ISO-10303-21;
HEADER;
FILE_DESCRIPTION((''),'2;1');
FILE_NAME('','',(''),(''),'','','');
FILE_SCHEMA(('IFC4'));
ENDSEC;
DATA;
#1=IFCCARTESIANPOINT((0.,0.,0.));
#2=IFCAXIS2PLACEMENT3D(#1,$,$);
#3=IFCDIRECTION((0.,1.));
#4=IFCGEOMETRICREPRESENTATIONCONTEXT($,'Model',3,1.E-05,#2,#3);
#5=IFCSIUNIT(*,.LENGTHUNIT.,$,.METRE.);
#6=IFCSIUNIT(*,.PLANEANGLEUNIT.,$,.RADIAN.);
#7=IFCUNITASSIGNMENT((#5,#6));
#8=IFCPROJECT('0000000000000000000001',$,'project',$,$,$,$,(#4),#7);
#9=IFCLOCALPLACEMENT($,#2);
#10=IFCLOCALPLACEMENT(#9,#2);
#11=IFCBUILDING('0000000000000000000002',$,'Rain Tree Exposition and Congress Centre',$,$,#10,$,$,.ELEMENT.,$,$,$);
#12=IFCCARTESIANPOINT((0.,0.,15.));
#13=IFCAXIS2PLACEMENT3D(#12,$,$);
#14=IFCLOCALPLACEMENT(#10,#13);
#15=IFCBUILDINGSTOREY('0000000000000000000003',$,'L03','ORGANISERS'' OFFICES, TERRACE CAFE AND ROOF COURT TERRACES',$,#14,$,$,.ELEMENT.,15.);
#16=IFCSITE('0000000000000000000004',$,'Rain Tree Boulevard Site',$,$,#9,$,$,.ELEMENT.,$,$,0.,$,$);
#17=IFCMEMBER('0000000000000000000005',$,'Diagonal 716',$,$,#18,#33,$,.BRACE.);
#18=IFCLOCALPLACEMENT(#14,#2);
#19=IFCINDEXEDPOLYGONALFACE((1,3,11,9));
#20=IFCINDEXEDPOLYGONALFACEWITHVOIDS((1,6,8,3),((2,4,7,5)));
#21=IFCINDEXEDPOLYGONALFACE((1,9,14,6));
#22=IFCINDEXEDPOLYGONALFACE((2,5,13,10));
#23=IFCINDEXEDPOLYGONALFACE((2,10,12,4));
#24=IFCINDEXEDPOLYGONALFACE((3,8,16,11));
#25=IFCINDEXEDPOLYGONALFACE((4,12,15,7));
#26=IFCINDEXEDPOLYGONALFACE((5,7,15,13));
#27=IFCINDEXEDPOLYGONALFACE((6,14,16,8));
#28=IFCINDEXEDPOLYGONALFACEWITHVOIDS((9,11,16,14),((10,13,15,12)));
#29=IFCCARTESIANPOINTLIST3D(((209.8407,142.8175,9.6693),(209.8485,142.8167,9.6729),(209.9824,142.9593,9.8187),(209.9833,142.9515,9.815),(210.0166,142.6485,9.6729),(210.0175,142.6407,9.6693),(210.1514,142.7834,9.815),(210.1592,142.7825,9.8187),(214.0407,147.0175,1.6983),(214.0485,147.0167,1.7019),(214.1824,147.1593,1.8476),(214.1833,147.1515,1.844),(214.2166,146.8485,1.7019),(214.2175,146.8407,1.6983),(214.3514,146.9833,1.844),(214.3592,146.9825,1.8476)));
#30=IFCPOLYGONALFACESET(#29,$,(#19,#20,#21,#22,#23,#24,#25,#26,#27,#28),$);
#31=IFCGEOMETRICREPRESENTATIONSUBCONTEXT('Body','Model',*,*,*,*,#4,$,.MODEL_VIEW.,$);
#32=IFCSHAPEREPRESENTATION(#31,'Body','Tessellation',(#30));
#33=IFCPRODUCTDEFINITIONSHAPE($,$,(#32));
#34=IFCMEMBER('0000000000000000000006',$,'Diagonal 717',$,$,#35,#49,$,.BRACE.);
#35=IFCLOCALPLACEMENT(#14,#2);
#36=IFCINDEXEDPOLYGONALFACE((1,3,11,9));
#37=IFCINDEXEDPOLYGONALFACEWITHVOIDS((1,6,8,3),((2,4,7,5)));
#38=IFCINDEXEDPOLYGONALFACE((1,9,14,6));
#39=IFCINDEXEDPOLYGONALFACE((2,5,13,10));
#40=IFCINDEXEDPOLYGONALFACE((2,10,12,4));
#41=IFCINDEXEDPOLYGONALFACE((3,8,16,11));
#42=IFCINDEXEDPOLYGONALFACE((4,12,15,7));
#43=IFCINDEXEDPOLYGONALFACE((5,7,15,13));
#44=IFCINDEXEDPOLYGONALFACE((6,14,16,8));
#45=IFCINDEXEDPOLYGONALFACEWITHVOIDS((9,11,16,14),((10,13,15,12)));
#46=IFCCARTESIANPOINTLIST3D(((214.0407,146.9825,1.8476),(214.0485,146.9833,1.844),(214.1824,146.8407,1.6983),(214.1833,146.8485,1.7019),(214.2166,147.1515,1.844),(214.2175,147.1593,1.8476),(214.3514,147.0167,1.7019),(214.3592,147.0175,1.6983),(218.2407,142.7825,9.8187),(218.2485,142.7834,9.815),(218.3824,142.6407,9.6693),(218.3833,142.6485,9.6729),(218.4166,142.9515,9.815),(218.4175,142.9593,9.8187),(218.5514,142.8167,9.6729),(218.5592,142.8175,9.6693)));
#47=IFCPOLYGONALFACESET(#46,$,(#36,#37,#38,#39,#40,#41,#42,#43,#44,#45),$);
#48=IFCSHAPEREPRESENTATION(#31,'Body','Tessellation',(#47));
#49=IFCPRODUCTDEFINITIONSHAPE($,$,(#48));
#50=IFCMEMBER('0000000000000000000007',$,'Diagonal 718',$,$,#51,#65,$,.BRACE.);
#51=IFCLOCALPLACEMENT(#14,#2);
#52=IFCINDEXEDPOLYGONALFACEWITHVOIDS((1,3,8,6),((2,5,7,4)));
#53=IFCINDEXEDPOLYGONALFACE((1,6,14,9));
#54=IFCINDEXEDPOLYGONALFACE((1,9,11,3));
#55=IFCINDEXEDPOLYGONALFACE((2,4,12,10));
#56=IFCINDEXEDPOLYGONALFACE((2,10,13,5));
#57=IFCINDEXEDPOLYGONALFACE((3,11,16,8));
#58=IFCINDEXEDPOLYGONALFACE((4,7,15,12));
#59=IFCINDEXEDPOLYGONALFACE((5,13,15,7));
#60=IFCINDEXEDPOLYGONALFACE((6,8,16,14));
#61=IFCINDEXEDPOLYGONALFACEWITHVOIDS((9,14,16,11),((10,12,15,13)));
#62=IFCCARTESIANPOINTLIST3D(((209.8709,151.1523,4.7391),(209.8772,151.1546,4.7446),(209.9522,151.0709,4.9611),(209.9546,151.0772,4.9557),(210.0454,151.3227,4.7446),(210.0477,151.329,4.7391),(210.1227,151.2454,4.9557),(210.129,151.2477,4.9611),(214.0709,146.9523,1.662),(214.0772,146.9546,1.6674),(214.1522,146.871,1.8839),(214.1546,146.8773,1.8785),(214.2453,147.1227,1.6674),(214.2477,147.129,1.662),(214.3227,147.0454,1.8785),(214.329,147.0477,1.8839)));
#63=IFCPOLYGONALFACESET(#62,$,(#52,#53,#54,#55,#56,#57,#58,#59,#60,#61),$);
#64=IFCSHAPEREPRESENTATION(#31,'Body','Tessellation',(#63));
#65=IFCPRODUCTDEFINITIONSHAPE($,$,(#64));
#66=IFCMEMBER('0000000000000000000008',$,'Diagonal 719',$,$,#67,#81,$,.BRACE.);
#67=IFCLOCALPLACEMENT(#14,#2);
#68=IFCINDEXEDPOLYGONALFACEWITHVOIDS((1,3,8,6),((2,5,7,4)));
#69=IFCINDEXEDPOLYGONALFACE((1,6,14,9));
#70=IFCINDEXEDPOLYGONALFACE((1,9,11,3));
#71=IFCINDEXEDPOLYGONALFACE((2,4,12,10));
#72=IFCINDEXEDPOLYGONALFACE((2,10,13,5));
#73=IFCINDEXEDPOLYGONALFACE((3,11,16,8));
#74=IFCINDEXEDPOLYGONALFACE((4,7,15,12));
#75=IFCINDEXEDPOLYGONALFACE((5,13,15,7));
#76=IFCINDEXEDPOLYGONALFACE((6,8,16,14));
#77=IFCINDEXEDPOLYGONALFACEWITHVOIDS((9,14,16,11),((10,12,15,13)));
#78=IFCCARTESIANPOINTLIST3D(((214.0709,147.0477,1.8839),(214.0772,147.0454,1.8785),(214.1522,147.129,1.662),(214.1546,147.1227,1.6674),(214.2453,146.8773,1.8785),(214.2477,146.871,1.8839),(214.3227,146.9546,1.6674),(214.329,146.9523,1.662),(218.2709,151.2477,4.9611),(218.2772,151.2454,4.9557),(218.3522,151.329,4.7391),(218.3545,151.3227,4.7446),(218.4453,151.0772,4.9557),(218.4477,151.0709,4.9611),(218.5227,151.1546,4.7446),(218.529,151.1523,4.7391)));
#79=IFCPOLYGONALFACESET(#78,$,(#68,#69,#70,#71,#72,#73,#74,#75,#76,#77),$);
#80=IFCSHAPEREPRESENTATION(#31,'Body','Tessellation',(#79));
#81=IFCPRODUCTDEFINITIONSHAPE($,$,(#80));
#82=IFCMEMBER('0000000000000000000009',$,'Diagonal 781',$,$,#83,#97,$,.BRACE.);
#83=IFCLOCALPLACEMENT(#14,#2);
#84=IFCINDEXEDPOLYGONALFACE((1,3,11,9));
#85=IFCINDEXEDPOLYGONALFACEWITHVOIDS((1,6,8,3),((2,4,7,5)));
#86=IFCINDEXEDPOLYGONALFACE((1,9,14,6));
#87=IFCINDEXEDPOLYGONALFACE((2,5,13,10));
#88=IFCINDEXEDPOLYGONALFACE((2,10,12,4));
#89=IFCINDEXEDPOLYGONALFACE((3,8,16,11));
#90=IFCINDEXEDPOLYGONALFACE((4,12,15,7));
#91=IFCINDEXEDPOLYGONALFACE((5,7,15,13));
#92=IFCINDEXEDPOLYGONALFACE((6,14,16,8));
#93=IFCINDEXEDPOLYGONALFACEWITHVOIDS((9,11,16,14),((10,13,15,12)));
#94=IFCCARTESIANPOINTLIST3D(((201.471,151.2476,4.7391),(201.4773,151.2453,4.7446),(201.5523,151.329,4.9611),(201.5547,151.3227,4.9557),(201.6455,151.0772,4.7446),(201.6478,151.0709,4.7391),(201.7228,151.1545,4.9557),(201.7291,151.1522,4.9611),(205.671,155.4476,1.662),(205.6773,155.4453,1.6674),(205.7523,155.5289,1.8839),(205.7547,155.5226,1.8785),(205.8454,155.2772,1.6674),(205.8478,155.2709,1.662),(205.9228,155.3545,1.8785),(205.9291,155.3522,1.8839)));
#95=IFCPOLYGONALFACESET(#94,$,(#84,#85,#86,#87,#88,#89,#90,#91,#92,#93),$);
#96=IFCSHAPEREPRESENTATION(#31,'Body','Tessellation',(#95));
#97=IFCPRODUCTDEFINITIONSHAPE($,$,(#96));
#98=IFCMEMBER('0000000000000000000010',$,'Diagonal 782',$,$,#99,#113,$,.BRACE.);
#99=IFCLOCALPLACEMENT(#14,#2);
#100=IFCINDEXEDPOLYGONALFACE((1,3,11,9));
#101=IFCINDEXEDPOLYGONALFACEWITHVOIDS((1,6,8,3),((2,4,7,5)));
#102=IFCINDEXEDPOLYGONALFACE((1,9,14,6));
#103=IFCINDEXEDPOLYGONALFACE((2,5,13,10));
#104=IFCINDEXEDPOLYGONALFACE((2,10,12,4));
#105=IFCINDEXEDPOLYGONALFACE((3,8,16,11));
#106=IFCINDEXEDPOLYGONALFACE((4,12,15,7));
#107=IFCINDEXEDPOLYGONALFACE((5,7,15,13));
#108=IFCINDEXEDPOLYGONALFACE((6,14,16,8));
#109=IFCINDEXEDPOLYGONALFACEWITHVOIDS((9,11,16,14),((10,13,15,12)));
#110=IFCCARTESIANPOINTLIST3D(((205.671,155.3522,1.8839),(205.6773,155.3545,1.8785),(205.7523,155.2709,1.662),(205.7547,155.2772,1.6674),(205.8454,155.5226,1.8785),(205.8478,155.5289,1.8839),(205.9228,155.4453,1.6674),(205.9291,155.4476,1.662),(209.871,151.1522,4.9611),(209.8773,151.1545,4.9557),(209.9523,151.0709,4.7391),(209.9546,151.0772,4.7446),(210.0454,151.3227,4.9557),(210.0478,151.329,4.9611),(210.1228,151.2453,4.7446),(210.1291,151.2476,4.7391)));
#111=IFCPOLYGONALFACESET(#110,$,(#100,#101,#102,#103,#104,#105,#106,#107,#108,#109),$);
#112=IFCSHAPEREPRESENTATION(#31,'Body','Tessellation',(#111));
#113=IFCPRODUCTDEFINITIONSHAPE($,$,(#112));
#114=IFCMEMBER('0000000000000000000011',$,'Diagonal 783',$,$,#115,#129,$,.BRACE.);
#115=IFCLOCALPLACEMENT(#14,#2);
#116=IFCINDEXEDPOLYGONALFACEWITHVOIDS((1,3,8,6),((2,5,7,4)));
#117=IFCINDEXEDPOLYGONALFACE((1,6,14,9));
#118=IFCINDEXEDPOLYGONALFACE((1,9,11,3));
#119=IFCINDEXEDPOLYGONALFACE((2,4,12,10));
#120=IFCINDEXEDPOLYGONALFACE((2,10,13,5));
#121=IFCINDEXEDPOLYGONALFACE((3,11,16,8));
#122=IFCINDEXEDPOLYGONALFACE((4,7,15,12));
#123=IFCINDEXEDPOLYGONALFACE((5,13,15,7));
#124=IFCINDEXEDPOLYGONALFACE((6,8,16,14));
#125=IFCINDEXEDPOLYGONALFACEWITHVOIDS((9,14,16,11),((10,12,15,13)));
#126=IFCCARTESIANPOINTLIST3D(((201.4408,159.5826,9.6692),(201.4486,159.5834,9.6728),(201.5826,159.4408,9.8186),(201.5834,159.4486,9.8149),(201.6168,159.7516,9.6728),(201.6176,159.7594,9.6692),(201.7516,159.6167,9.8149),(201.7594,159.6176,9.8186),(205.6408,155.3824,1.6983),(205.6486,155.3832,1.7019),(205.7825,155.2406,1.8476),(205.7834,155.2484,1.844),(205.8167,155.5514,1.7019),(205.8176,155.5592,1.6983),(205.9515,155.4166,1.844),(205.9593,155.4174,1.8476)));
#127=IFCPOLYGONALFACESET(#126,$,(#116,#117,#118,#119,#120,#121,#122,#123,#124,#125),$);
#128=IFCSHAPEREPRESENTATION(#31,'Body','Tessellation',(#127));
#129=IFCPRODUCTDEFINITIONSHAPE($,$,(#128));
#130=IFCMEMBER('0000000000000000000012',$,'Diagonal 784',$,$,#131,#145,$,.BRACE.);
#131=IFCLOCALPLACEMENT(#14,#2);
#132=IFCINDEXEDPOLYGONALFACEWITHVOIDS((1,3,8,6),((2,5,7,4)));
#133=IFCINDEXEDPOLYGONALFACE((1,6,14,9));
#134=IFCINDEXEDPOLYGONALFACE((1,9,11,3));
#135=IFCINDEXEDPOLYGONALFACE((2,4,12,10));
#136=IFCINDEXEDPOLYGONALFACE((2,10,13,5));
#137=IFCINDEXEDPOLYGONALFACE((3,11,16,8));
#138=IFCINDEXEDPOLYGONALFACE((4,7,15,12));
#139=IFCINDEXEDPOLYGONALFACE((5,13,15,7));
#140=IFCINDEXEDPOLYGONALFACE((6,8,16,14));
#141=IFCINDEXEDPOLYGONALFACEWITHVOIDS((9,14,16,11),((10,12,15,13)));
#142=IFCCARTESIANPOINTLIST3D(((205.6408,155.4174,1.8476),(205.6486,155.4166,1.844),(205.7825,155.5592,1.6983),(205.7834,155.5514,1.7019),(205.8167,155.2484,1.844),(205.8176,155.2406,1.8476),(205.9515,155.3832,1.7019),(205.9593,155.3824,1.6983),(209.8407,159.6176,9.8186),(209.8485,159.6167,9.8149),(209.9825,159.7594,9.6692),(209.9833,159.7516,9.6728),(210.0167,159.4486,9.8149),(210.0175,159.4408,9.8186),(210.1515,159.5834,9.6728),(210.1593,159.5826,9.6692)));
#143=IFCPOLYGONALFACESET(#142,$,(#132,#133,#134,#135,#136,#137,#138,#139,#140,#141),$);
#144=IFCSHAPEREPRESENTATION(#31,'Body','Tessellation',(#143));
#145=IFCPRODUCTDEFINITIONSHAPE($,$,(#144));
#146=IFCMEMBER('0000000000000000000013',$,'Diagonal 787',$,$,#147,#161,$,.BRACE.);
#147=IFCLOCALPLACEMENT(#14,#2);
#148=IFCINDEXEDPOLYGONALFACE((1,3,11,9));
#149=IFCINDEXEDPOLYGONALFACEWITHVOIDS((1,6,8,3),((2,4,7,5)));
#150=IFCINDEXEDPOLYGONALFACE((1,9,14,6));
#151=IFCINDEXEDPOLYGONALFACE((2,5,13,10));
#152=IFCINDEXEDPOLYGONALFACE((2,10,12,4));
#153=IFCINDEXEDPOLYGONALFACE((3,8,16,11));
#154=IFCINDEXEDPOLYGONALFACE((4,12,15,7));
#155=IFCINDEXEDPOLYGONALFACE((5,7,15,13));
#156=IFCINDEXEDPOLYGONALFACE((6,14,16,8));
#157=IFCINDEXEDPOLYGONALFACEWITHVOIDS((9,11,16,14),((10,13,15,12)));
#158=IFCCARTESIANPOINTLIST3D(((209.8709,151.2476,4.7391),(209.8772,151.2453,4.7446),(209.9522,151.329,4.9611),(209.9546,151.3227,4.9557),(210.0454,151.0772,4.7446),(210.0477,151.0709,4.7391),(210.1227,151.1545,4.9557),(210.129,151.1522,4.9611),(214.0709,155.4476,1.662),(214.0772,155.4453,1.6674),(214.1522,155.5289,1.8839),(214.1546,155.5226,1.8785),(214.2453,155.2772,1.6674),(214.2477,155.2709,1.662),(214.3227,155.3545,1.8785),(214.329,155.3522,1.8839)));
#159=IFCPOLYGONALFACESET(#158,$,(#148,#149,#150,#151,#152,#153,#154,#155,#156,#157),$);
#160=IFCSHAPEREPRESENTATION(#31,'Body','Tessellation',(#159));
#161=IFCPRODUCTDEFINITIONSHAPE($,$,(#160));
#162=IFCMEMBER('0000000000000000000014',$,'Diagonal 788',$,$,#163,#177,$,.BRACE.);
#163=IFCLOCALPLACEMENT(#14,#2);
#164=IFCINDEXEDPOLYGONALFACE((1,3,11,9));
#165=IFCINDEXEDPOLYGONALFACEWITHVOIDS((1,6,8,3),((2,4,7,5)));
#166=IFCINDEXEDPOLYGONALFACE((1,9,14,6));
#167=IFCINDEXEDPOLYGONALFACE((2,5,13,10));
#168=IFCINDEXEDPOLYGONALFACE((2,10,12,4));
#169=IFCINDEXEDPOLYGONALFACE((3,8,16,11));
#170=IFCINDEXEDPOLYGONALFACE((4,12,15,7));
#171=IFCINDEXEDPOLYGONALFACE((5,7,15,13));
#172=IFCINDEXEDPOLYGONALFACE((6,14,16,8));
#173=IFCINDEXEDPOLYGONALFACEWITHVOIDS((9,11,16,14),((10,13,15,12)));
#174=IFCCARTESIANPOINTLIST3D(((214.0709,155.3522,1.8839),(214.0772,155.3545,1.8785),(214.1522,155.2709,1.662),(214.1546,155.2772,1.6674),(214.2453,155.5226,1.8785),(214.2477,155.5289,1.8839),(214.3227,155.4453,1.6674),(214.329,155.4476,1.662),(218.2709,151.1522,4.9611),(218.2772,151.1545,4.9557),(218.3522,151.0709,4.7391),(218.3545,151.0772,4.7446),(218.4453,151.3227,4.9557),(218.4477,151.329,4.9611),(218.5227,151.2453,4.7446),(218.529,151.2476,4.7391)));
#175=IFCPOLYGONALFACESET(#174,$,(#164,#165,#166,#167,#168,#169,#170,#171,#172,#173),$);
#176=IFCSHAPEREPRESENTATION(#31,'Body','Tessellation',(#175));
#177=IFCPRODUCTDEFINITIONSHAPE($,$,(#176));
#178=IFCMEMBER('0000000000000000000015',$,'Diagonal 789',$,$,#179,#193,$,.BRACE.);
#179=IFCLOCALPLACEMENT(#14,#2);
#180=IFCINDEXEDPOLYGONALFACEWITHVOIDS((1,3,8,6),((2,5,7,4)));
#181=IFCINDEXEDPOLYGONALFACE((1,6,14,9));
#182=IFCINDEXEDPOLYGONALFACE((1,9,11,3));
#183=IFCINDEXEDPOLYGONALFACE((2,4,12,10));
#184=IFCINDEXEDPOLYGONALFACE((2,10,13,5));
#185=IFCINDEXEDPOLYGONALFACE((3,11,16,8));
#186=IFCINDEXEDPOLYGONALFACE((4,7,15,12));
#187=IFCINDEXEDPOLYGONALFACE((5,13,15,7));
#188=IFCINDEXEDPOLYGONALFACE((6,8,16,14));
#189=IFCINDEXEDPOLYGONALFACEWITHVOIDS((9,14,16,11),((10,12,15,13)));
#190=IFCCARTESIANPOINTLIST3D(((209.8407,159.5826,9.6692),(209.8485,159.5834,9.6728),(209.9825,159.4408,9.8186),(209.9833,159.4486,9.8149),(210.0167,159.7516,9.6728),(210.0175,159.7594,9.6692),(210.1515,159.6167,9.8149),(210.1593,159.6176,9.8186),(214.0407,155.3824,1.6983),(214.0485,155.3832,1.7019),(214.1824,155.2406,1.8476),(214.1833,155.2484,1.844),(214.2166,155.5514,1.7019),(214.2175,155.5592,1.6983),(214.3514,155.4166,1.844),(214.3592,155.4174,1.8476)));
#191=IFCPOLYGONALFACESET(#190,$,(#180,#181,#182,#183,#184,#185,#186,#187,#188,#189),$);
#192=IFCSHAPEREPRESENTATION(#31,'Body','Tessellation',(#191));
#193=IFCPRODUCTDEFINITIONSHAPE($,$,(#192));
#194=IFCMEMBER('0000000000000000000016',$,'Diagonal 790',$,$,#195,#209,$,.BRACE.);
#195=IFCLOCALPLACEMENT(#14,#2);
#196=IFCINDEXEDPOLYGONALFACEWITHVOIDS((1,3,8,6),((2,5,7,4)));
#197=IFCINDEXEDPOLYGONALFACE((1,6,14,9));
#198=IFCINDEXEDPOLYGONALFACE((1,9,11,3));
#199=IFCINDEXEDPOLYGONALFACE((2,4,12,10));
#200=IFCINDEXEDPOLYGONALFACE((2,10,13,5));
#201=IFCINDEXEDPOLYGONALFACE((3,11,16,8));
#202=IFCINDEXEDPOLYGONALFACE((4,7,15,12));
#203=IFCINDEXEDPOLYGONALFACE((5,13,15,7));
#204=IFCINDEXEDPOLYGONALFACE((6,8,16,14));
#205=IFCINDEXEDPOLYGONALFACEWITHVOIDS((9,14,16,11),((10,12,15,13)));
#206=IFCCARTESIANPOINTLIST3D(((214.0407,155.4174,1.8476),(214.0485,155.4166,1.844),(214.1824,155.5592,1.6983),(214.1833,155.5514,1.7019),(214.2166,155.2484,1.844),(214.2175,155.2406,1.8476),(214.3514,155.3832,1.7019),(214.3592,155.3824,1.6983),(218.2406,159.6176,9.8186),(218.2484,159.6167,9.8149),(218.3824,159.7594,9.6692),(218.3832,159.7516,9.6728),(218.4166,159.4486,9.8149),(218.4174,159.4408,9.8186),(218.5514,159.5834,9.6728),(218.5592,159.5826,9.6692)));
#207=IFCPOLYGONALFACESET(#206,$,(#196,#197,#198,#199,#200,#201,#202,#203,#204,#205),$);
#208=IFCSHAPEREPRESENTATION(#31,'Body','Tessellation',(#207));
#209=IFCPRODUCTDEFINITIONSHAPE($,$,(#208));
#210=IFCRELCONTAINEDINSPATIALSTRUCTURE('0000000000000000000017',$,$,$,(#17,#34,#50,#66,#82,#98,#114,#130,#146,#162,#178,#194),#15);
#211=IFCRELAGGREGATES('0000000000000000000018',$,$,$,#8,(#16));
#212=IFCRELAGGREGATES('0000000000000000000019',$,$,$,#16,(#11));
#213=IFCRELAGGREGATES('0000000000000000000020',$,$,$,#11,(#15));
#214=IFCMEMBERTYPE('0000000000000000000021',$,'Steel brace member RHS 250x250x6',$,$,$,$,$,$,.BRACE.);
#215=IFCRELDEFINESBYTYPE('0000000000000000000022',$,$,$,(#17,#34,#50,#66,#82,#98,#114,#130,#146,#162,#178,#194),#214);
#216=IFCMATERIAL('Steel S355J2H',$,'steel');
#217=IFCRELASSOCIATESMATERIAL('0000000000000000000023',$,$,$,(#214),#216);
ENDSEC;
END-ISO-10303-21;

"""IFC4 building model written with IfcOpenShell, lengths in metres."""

from ifc_helpers import new_model, si_unit, direction, frame, origin, origin_2d, place, context, subcontext, project, spatial, hollow_rectangle, extrude, material, material_profile, profile_set, type_object, element, save


model = new_model("IFC4")

# Units and contexts
model_context = context("Model", 3, precision=1e-05, world=origin(), true_north=direction((0.0, 1.0)))
body_context = subcontext(model_context, "Body", "Model", "MODEL_VIEW")
ifc_project = project(units=[si_unit("LENGTHUNIT", "METRE"), si_unit("PLANEANGLEUNIT", "RADIAN")], contexts=[model_context])

# Site, building, storey
site_placement = place(None, origin())
site = spatial("IfcSite", under=ifc_project, at=site_placement, Name="Rain Tree Boulevard Site", CompositionType="ELEMENT", RefElevation=0.0)
building_placement = place(site_placement, origin())
building = spatial("IfcBuilding", under=site, at=building_placement, Name="Rain Tree Exposition and Congress Centre", CompositionType="ELEMENT")
storey_placement = place(building_placement, frame((0.0, 0.0, 15.0)))
storey = spatial("IfcBuildingStorey", under=building, at=storey_placement, Name="L03", Description="ORGANISERS' OFFICES, TERRACE CAFE AND ROOF COURT TERRACES", CompositionType="ELEMENT", Elevation=15.0)

# Members
ifc_material_1 = material(Name="Steel S355J2H", Category="steel")
ifc_material_profile_1 = material_profile(ifc_material_1, hollow_rectangle(XDim=0.25, YDim=0.25, WallThickness=0.0061, at=origin_2d()), Name="RHS 250x250x6")
ifc_profile_set_1 = profile_set([ifc_material_profile_1], Name="Steel S355J2H")
member_type_1 = type_object("IfcMemberType", Name="Steel brace member RHS 250x250x6", PredefinedType="BRACE", material=ifc_profile_set_1)
for number, where, z_axis, x_axis, name in (
    (1, (214.2, 147.0, 1.7729), (-0.422506, -0.422506, 0.801859), (0.707107, -0.707107, 0.0), "Diagonal 716"),
    (2, (214.2, 147.0, 1.7729), (0.422506, -0.422506, 0.801859), (0.707107, 0.707107, 0.0), "Diagonal 717"),
):
    element("IfcMember", number, at=place(storey_placement, frame(where, z_axis=z_axis, x_axis=x_axis)), inside=storey, type_object=member_type_1, Name=name, PredefinedType="BRACE", context=body_context, shape_type="SweptSolid", body=[
        extrude(hollow_rectangle(XDim=0.25, YDim=0.25, WallThickness=0.0061, at=origin_2d()), origin(), (0.0, 0.0, 1.0), 9.9407),
    ])
for number, where, z_axis, x_axis, name in (
    (3, (214.2, 147.0, 1.7729), (-0.627852, 0.627852, 0.460004), (-0.707107, -0.707107, 0.0), "Diagonal 718"),
    (4, (214.2, 147.0, 1.7729), (0.627852, 0.627852, 0.460004), (-0.707107, 0.707107, 0.0), "Diagonal 719"),
    (5, (205.8, 155.3999, 1.7729), (-0.627852, -0.627852, 0.460004), (0.707107, -0.707107, 0.0), "Diagonal 781"),
    (6, (205.8, 155.3999, 1.7729), (0.627852, -0.627852, 0.460004), (0.707107, 0.707107, 0.0), "Diagonal 782"),
):
    element("IfcMember", number, at=place(storey_placement, frame(where, z_axis=z_axis, x_axis=x_axis)), inside=storey, type_object=member_type_1, Name=name, PredefinedType="BRACE", context=body_context, shape_type="SweptSolid", body=[
        extrude(hollow_rectangle(XDim=0.25, YDim=0.25, WallThickness=0.0061, at=origin_2d()), origin(), (0.0, 0.0, 1.0), 6.6895),
    ])
for number, where, z_axis, x_axis, name in (
    (7, (205.8, 155.3999, 1.7729), (-0.422501, 0.422526, 0.801851), (-0.707127, -0.707086, 0.0), "Diagonal 783"),
    (8, (205.8, 155.3999, 1.7729), (0.422501, 0.422526, 0.801851), (-0.707127, 0.707086, 0.0), "Diagonal 784"),
):
    element("IfcMember", number, at=place(storey_placement, frame(where, z_axis=z_axis, x_axis=x_axis)), inside=storey, type_object=member_type_1, Name=name, PredefinedType="BRACE", context=body_context, shape_type="SweptSolid", body=[
        extrude(hollow_rectangle(XDim=0.25, YDim=0.25, WallThickness=0.0061, at=origin_2d()), origin(), (0.0, 0.0, 1.0), 9.9407),
    ])
for number, where, z_axis, x_axis, name in (
    (9, (214.2, 155.3999, 1.7729), (-0.627852, -0.627852, 0.460004), (0.707107, -0.707107, 0.0), "Diagonal 787"),
    (10, (214.2, 155.3999, 1.7729), (0.627852, -0.627852, 0.460004), (0.707107, 0.707107, 0.0), "Diagonal 788"),
):
    element("IfcMember", number, at=place(storey_placement, frame(where, z_axis=z_axis, x_axis=x_axis)), inside=storey, type_object=member_type_1, Name=name, PredefinedType="BRACE", context=body_context, shape_type="SweptSolid", body=[
        extrude(hollow_rectangle(XDim=0.25, YDim=0.25, WallThickness=0.0061, at=origin_2d()), origin(), (0.0, 0.0, 1.0), 6.6895),
    ])
for number, where, z_axis, x_axis, name in (
    (11, (214.2, 155.3999, 1.7729), (-0.422501, 0.422526, 0.801851), (-0.707127, -0.707086, 0.0), "Diagonal 789"),
    (12, (214.2, 155.3999, 1.7729), (0.422501, 0.422526, 0.801851), (-0.707127, 0.707086, 0.0), "Diagonal 790"),
):
    element("IfcMember", number, at=place(storey_placement, frame(where, z_axis=z_axis, x_axis=x_axis)), inside=storey, type_object=member_type_1, Name=name, PredefinedType="BRACE", context=body_context, shape_type="SweptSolid", body=[
        extrude(hollow_rectangle(XDim=0.25, YDim=0.25, WallThickness=0.0061, at=origin_2d()), origin(), (0.0, 0.0, 1.0), 9.9407),
    ])

save(model, "model.ifc")
